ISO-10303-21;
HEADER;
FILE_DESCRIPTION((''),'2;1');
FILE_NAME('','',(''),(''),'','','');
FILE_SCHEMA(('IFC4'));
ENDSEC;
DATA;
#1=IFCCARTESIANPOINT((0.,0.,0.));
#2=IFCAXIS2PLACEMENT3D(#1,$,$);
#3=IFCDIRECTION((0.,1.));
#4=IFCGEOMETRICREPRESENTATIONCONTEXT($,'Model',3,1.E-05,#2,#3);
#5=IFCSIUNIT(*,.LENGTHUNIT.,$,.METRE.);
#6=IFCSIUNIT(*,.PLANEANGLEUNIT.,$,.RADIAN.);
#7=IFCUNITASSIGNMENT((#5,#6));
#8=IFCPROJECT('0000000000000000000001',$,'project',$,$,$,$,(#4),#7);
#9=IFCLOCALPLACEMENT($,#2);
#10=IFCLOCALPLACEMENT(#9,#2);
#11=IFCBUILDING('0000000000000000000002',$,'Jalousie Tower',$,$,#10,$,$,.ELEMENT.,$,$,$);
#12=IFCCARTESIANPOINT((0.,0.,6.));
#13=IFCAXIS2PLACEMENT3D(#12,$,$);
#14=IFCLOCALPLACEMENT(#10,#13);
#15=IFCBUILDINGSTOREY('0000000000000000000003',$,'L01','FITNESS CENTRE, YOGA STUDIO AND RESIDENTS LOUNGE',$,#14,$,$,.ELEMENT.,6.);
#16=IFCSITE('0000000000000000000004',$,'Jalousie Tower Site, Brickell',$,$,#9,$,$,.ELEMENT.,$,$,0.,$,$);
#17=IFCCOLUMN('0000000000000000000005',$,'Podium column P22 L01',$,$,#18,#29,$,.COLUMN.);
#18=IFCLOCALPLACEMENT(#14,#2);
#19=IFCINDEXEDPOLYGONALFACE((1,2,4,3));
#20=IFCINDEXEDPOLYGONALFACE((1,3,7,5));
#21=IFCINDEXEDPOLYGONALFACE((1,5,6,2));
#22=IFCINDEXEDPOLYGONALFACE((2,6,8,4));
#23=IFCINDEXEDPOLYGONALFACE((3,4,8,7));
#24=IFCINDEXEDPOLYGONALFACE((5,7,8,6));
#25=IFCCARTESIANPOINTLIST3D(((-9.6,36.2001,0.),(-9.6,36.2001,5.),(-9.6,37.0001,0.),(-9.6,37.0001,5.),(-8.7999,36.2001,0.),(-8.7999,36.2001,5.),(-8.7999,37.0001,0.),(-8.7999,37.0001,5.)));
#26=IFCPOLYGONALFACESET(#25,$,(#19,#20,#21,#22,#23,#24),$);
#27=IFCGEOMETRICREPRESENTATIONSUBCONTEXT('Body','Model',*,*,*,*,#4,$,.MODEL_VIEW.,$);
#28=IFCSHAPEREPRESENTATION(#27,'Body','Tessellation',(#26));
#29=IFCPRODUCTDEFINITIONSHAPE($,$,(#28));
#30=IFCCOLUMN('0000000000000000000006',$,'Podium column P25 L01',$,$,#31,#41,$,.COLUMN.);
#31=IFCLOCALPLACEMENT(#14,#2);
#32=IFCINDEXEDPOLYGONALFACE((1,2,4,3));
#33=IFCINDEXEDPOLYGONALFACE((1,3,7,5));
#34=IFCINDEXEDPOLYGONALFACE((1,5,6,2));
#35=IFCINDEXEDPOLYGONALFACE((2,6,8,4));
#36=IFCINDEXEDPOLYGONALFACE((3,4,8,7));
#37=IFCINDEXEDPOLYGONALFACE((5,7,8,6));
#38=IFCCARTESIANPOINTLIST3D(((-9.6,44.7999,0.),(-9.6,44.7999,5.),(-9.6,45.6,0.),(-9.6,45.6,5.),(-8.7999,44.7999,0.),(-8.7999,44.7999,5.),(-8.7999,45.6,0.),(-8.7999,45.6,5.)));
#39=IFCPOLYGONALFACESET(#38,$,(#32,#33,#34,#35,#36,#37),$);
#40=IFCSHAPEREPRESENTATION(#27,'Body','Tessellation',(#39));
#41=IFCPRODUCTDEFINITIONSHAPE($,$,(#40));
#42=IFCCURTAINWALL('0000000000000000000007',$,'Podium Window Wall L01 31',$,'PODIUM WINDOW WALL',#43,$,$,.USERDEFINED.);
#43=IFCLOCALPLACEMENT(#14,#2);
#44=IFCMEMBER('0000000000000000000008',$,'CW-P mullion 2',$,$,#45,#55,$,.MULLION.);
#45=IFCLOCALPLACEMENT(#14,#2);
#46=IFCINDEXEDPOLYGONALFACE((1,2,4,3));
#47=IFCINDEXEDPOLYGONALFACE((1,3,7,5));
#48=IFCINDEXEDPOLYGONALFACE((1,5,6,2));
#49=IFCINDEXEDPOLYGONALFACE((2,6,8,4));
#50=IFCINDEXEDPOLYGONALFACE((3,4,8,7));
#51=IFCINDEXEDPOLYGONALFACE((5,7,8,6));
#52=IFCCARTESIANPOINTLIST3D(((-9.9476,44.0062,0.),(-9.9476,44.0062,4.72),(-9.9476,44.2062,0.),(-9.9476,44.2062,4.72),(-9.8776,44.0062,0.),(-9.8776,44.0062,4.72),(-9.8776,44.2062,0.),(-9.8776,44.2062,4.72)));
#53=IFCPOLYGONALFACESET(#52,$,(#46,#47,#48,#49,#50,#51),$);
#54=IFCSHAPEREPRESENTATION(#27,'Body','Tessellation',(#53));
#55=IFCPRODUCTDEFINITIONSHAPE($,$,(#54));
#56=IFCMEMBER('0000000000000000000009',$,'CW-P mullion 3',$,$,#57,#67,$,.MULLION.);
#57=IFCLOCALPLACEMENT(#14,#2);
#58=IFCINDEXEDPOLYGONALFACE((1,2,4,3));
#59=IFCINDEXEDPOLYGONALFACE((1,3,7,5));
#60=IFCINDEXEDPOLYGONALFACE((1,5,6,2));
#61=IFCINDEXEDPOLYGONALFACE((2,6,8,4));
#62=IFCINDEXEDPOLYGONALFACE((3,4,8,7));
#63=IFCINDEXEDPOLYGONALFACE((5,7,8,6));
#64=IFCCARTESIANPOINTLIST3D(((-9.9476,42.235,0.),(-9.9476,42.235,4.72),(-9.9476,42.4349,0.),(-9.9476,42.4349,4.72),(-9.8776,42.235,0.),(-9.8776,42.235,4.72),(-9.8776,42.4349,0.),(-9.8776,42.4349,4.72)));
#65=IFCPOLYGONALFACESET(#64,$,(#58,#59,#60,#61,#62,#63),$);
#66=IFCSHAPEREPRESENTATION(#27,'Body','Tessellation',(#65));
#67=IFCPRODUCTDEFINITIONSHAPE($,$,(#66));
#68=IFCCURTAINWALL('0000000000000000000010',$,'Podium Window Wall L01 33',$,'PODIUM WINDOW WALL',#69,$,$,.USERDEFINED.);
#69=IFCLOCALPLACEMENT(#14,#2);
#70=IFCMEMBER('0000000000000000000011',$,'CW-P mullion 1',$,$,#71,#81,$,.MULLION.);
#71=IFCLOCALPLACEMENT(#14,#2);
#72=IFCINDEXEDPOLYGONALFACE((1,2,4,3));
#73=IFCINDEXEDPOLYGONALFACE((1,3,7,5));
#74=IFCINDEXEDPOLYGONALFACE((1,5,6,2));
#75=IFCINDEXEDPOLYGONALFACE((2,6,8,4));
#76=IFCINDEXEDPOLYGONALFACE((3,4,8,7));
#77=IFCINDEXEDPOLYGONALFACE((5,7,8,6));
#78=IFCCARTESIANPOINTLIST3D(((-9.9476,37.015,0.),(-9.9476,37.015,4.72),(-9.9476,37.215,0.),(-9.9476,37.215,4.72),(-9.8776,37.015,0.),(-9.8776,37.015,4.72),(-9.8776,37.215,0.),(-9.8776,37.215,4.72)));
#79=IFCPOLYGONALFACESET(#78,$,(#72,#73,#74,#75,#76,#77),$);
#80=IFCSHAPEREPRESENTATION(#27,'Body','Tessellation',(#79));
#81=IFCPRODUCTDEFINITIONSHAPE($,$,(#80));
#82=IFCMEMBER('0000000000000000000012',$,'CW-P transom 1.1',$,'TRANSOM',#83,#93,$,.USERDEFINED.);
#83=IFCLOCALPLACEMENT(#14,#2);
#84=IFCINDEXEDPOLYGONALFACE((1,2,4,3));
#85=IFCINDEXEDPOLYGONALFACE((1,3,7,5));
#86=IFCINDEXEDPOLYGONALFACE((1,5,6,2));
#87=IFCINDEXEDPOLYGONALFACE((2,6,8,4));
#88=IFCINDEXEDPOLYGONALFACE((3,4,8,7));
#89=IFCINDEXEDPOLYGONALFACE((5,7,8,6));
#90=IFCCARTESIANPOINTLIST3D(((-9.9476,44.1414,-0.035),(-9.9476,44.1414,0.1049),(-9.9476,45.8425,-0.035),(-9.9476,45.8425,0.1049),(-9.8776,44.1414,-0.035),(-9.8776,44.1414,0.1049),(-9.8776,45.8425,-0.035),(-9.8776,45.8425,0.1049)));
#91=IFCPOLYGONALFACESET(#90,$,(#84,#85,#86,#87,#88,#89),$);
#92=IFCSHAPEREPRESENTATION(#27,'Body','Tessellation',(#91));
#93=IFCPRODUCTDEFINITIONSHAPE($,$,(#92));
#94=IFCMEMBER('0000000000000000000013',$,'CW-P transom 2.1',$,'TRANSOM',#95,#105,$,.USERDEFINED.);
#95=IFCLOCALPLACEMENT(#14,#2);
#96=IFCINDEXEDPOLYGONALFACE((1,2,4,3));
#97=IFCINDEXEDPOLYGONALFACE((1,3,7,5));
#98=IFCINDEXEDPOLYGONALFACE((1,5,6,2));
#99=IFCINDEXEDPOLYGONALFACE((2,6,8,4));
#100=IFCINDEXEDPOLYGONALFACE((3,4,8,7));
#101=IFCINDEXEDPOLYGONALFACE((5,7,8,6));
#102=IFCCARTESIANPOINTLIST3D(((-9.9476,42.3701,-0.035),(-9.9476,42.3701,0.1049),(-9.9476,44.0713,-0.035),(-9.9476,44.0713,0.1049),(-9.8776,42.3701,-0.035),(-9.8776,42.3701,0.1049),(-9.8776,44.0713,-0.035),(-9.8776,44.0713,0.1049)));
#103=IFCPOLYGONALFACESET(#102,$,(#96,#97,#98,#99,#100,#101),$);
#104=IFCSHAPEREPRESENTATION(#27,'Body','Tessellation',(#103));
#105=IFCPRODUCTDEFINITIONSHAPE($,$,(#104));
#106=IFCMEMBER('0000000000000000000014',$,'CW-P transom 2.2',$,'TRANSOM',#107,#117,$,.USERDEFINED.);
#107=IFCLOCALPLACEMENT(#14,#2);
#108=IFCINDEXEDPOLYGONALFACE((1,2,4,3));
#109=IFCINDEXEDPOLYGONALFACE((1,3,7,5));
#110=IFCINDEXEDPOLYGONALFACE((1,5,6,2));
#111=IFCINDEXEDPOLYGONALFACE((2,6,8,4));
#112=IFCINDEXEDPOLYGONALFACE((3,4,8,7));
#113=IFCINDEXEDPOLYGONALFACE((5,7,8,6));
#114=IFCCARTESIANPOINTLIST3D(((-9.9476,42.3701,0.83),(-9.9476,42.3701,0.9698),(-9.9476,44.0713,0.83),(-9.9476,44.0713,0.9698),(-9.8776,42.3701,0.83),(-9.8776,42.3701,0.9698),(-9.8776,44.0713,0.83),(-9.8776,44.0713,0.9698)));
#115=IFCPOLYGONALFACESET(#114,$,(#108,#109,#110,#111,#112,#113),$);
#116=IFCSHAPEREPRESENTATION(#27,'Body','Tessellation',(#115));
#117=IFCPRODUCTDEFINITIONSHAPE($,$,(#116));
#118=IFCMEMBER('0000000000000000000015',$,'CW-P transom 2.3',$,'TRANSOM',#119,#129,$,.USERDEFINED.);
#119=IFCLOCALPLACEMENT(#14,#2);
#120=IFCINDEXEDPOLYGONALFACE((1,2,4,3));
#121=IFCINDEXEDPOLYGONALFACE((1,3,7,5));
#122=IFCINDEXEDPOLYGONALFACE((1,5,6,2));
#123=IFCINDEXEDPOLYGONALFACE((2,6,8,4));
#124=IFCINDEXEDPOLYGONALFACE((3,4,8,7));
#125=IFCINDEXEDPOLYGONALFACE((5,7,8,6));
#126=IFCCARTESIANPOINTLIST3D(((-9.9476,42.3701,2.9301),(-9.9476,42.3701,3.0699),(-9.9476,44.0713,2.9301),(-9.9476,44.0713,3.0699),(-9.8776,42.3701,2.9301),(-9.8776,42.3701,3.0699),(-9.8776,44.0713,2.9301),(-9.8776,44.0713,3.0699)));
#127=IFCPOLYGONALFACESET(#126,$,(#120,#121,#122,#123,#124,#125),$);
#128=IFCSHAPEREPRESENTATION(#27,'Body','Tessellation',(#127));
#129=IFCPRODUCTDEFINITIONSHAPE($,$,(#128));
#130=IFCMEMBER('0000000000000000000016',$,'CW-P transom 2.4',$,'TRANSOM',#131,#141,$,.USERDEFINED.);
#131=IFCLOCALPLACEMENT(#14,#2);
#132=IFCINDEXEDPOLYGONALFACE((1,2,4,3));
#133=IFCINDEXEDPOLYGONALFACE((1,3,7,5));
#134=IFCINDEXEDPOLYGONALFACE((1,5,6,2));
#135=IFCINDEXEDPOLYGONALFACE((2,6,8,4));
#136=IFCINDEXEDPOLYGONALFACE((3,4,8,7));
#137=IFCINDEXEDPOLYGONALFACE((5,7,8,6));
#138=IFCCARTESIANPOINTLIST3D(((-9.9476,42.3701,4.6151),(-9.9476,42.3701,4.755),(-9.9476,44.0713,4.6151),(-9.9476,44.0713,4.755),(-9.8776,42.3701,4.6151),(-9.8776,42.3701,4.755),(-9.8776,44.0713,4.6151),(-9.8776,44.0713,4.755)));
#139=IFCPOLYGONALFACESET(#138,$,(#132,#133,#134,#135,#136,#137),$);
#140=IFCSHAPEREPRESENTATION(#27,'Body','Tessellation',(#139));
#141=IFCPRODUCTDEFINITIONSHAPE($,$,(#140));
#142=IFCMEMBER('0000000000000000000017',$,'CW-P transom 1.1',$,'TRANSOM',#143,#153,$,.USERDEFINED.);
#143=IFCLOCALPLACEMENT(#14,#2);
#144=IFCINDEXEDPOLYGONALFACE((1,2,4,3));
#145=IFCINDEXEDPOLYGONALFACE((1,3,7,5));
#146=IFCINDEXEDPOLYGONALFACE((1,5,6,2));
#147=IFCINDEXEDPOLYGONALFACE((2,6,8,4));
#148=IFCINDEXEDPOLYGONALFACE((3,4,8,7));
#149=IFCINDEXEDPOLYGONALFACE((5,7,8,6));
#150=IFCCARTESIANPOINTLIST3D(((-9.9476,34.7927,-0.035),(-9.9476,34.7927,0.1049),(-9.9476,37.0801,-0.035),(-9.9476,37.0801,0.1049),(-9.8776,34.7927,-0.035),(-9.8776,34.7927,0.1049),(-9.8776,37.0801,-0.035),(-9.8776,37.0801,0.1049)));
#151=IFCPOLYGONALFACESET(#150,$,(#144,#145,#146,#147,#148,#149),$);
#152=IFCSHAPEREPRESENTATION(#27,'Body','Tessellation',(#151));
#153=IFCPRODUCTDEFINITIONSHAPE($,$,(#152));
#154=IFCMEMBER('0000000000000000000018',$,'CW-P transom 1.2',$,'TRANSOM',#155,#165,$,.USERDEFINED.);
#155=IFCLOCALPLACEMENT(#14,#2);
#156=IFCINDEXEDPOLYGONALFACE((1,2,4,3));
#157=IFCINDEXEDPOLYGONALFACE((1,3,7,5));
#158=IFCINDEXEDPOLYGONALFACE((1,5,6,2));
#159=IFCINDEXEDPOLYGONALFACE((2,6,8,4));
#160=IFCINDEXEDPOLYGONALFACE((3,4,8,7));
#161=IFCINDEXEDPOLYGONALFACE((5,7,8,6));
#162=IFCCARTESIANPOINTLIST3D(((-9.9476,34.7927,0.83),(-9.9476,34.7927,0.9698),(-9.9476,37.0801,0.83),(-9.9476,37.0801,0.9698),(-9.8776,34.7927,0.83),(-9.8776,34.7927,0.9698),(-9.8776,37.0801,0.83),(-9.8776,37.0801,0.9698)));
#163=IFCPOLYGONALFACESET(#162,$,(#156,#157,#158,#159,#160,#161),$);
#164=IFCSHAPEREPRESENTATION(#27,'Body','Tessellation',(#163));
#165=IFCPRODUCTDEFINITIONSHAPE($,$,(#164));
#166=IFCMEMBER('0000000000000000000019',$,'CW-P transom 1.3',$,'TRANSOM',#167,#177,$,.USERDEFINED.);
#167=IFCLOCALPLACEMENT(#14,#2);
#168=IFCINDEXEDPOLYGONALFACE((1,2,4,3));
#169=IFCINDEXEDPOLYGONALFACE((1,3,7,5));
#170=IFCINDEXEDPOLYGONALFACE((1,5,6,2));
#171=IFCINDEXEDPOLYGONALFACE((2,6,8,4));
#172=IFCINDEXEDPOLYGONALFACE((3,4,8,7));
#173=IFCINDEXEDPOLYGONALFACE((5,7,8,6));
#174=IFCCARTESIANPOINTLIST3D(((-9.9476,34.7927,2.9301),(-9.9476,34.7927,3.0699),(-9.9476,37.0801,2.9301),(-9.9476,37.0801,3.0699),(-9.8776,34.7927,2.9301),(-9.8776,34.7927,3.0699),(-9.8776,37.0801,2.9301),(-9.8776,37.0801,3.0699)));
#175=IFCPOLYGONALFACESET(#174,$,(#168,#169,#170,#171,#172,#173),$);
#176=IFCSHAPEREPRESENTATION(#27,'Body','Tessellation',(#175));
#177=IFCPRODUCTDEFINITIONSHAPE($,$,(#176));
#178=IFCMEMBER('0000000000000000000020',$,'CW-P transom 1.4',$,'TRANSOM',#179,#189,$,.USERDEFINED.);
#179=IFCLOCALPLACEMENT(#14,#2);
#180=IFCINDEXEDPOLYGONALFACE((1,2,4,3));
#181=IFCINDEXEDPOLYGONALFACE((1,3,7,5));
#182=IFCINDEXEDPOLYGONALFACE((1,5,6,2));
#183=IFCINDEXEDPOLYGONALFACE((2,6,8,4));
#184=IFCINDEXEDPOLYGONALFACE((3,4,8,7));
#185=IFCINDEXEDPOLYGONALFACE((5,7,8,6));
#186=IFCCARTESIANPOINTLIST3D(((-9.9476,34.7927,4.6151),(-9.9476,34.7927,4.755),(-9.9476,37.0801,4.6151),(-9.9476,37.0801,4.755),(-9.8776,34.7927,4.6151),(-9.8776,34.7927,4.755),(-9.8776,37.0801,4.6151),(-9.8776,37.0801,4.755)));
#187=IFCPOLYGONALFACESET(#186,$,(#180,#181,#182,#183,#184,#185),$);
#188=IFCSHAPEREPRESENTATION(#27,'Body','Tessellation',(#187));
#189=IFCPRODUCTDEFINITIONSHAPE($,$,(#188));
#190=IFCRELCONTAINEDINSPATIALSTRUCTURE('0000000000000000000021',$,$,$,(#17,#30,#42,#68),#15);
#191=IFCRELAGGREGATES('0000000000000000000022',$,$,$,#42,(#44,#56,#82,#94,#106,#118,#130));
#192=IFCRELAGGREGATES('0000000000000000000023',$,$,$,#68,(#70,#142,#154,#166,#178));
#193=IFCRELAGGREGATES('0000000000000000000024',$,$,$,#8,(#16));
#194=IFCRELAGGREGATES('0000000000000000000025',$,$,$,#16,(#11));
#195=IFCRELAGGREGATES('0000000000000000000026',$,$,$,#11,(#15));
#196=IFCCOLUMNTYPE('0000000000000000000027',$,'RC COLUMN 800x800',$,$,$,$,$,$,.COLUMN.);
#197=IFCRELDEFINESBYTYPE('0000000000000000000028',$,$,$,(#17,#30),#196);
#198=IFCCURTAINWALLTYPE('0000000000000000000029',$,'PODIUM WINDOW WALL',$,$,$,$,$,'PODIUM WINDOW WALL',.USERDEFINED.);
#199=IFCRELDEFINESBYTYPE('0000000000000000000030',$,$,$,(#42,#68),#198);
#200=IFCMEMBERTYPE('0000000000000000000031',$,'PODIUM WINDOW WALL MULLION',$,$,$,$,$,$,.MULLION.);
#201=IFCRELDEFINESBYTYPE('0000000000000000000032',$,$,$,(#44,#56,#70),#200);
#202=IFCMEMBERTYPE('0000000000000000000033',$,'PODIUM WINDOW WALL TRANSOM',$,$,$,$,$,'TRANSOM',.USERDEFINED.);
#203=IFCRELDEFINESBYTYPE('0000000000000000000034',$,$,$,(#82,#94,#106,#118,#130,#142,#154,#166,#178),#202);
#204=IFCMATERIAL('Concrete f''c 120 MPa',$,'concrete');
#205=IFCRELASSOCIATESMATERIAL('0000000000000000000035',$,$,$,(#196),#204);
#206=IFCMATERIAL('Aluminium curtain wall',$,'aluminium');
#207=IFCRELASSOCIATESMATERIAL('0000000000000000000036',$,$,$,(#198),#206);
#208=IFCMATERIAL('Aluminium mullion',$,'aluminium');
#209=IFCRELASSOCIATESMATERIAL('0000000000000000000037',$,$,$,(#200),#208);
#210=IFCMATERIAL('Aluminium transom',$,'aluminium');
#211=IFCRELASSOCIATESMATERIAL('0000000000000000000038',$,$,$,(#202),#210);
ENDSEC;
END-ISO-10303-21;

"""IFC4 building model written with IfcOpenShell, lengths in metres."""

from ifc_helpers import new_model, si_unit, direction, frame, origin, origin_2d, place, context, subcontext, project, spatial, rectangle, extrude, material, material_profile, profile_set, type_object, element, aggregate, save


model = new_model("IFC4")

# Units and contexts
model_context = context("Model", 3, precision=1e-05, world=origin(), true_north=direction((0.0, 1.0)))
body_context = subcontext(model_context, "Body", "Model", "MODEL_VIEW")
ifc_project = project(units=[si_unit("LENGTHUNIT", "METRE"), si_unit("PLANEANGLEUNIT", "RADIAN")], contexts=[model_context])

# Site, building, storey
site_placement = place(None, origin())
site = spatial("IfcSite", under=ifc_project, at=site_placement, Name="Jalousie Tower Site, Brickell", CompositionType="ELEMENT", RefElevation=0.0)
building_placement = place(site_placement, origin())
building = spatial("IfcBuilding", under=site, at=building_placement, Name="Jalousie Tower", CompositionType="ELEMENT")
storey_placement = place(building_placement, frame((0.0, 0.0, 6.0)))
storey = spatial("IfcBuildingStorey", under=building, at=storey_placement, Name="L01", Description="FITNESS CENTRE, YOGA STUDIO AND RESIDENTS LOUNGE", CompositionType="ELEMENT", Elevation=6.0)

# Columns
ifc_material_1 = material(Name="Concrete f'c 120 MPa", Category="concrete")
ifc_material_profile_1 = material_profile(ifc_material_1, rectangle(XDim=0.8, YDim=0.8, at=origin_2d()), Name="RC 800x800")
ifc_profile_set_1 = profile_set([ifc_material_profile_1], Name="Concrete f'c 120 MPa")
column_type = type_object("IfcColumnType", Name="RC COLUMN 800x800", PredefinedType="COLUMN", material=ifc_profile_set_1)
for number, where, z_axis, x_axis, name in (
    (1, (-9.2, 36.6001, 0.0), (0.0, 0.0, 1.0), (1.0, 0.0, 0.0), "Podium column P22 L01"),
    (2, (-9.2, 45.2, 0.0), (0.0, 0.0, 1.0), (1.0, 0.0, 0.0), "Podium column P25 L01"),
):
    element("IfcColumn", number, at=place(storey_placement, frame(where, z_axis=z_axis, x_axis=x_axis)), inside=storey, type_object=column_type, Name=name, PredefinedType="COLUMN", context=body_context, shape_type="SweptSolid", body=[
        extrude(rectangle(XDim=0.8, YDim=0.8, at=origin_2d()), origin(), (0.0, 0.0, 1.0), 5.0),
    ])

# Curtain wall, members
ifc_material_2 = material(Name="Aluminium curtain wall", Category="aluminium")
curtain_wall_type = type_object("IfcCurtainWallType", Name="PODIUM WINDOW WALL", ElementType="PODIUM WINDOW WALL", PredefinedType="USERDEFINED", material=ifc_material_2)
curtain_wall_1_placement = place(storey_placement, origin())
curtain_wall_1 = element("IfcCurtainWall", 3, at=curtain_wall_1_placement, inside=storey, type_object=curtain_wall_type, Name="Podium Window Wall L01 31", ObjectType="PODIUM WINDOW WALL", PredefinedType="USERDEFINED")
ifc_material_3 = material(Name="Aluminium mullion", Category="aluminium")
ifc_material_profile_2 = material_profile(ifc_material_3, rectangle(XDim=0.0701, YDim=0.2, at=origin_2d()), Name="MULLION 70x200")
ifc_profile_set_2 = profile_set([ifc_material_profile_2], Name="Aluminium mullion")
member_type_1 = type_object("IfcMemberType", Name="PODIUM WINDOW WALL MULLION", PredefinedType="MULLION", material=ifc_profile_set_2)
member_1_placement = place(storey_placement, frame((-9.9126, 44.1062, 0.0), z_axis=(0.0, 0.0, 1.0), x_axis=(1.0, 0.0, 0.0)))
member_1 = element("IfcMember", 4, at=member_1_placement, type_object=member_type_1, Name="CW-P mullion 2", PredefinedType="MULLION", context=body_context, shape_type="SweptSolid", body=[
    extrude(rectangle(XDim=0.0701, YDim=0.2, at=origin_2d()), origin(), (0.0, 0.0, 1.0), 4.72),
])
member_2_placement = place(storey_placement, frame((-9.9126, 42.335, 0.0), z_axis=(0.0, 0.0, 1.0), x_axis=(1.0, 0.0, 0.0)))
member_2 = element("IfcMember", 5, at=member_2_placement, type_object=member_type_1, Name="CW-P mullion 3", PredefinedType="MULLION", context=body_context, shape_type="SweptSolid", body=[
    extrude(rectangle(XDim=0.0701, YDim=0.2, at=origin_2d()), origin(), (0.0, 0.0, 1.0), 4.72),
])

# Curtain wall, member
curtain_wall_2_placement = place(storey_placement, origin())
curtain_wall_2 = element("IfcCurtainWall", 6, at=curtain_wall_2_placement, inside=storey, type_object=curtain_wall_type, Name="Podium Window Wall L01 33", ObjectType="PODIUM WINDOW WALL", PredefinedType="USERDEFINED")
member_3_placement = place(storey_placement, frame((-9.9126, 37.115, 0.0), z_axis=(0.0, 0.0, 1.0), x_axis=(1.0, 0.0, 0.0)))
member_3 = element("IfcMember", 7, at=member_3_placement, type_object=member_type_1, Name="CW-P mullion 1", PredefinedType="MULLION", context=body_context, shape_type="SweptSolid", body=[
    extrude(rectangle(XDim=0.0701, YDim=0.2, at=origin_2d()), origin(), (0.0, 0.0, 1.0), 4.72),
])

# Members
ifc_material_4 = material(Name="Aluminium transom", Category="aluminium")
ifc_material_profile_3 = material_profile(ifc_material_4, rectangle(XDim=0.0701, YDim=0.1399, at=origin_2d()), Name="TRANSOM 70x140")
ifc_profile_set_3 = profile_set([ifc_material_profile_3], Name="Aluminium transom")
member_type_2 = type_object("IfcMemberType", Name="PODIUM WINDOW WALL TRANSOM", ElementType="TRANSOM", PredefinedType="USERDEFINED", material=ifc_profile_set_3)
member_4_placement = place(storey_placement, frame((-9.9126, 45.8425, 0.0349), z_axis=(0.0, -1.0, 0.0), x_axis=(1.0, 0.0, 0.0)))
member_4 = element("IfcMember", 8, at=member_4_placement, type_object=member_type_2, Name="CW-P transom 1.1", ObjectType="TRANSOM", PredefinedType="USERDEFINED", context=body_context, shape_type="SweptSolid", body=[
    extrude(rectangle(XDim=0.0701, YDim=0.1399, at=origin_2d()), origin(), (0.0, 0.0, 1.0), 1.7012),
])
member_5_placement = place(storey_placement, frame((-9.9126, 44.0713, 0.0349), z_axis=(0.0, -1.0, 0.0), x_axis=(1.0, 0.0, 0.0)))
member_5 = element("IfcMember", 9, at=member_5_placement, type_object=member_type_2, Name="CW-P transom 2.1", ObjectType="TRANSOM", PredefinedType="USERDEFINED", context=body_context, shape_type="SweptSolid", body=[
    extrude(rectangle(XDim=0.0701, YDim=0.1399, at=origin_2d()), origin(), (0.0, 0.0, 1.0), 1.7012),
])
member_6_placement = place(storey_placement, frame((-9.9126, 44.0713, 0.8999), z_axis=(0.0, -1.0, 0.0), x_axis=(1.0, 0.0, 0.0)))
member_6 = element("IfcMember", 10, at=member_6_placement, type_object=member_type_2, Name="CW-P transom 2.2", ObjectType="TRANSOM", PredefinedType="USERDEFINED", context=body_context, shape_type="SweptSolid", body=[
    extrude(rectangle(XDim=0.0701, YDim=0.1399, at=origin_2d()), origin(), (0.0, 0.0, 1.0), 1.7012),
])
member_7_placement = place(storey_placement, frame((-9.9126, 44.0713, 3.0), z_axis=(0.0, -1.0, 0.0), x_axis=(1.0, 0.0, 0.0)))
member_7 = element("IfcMember", 11, at=member_7_placement, type_object=member_type_2, Name="CW-P transom 2.3", ObjectType="TRANSOM", PredefinedType="USERDEFINED", context=body_context, shape_type="SweptSolid", body=[
    extrude(rectangle(XDim=0.0701, YDim=0.1399, at=origin_2d()), origin(), (0.0, 0.0, 1.0), 1.7012),
])
member_8_placement = place(storey_placement, frame((-9.9126, 44.0713, 4.6851), z_axis=(0.0, -1.0, 0.0), x_axis=(1.0, 0.0, 0.0)))
member_8 = element("IfcMember", 12, at=member_8_placement, type_object=member_type_2, Name="CW-P transom 2.4", ObjectType="TRANSOM", PredefinedType="USERDEFINED", context=body_context, shape_type="SweptSolid", body=[
    extrude(rectangle(XDim=0.0701, YDim=0.1399, at=origin_2d()), origin(), (0.0, 0.0, 1.0), 1.7012),
])
member_9_placement = place(storey_placement, frame((-9.9126, 37.0801, 0.0349), z_axis=(0.0, -1.0, 0.0), x_axis=(1.0, 0.0, 0.0)))
member_9 = element("IfcMember", 13, at=member_9_placement, type_object=member_type_2, Name="CW-P transom 1.1", ObjectType="TRANSOM", PredefinedType="USERDEFINED", context=body_context, shape_type="SweptSolid", body=[
    extrude(rectangle(XDim=0.0701, YDim=0.1399, at=origin_2d()), origin(), (0.0, 0.0, 1.0), 2.2874),
])
member_10_placement = place(storey_placement, frame((-9.9126, 37.0801, 0.8999), z_axis=(0.0, -1.0, 0.0), x_axis=(1.0, 0.0, 0.0)))
member_10 = element("IfcMember", 14, at=member_10_placement, type_object=member_type_2, Name="CW-P transom 1.2", ObjectType="TRANSOM", PredefinedType="USERDEFINED", context=body_context, shape_type="SweptSolid", body=[
    extrude(rectangle(XDim=0.0701, YDim=0.1399, at=origin_2d()), origin(), (0.0, 0.0, 1.0), 2.2874),
])
member_11_placement = place(storey_placement, frame((-9.9126, 37.0801, 3.0), z_axis=(0.0, -1.0, 0.0), x_axis=(1.0, 0.0, 0.0)))
member_11 = element("IfcMember", 15, at=member_11_placement, type_object=member_type_2, Name="CW-P transom 1.3", ObjectType="TRANSOM", PredefinedType="USERDEFINED", context=body_context, shape_type="SweptSolid", body=[
    extrude(rectangle(XDim=0.0701, YDim=0.1399, at=origin_2d()), origin(), (0.0, 0.0, 1.0), 2.2874),
])
member_12_placement = place(storey_placement, frame((-9.9126, 37.0801, 4.6851), z_axis=(0.0, -1.0, 0.0), x_axis=(1.0, 0.0, 0.0)))
member_12 = element("IfcMember", 16, at=member_12_placement, type_object=member_type_2, Name="CW-P transom 1.4", ObjectType="TRANSOM", PredefinedType="USERDEFINED", context=body_context, shape_type="SweptSolid", body=[
    extrude(rectangle(XDim=0.0701, YDim=0.1399, at=origin_2d()), origin(), (0.0, 0.0, 1.0), 2.2874),
])

aggregate(curtain_wall_1, [member_1, member_2, member_4, member_5, member_6, member_7, member_8])
aggregate(curtain_wall_2, [member_3, member_9, member_10, member_11, member_12])

save(model, "model.ifc")
